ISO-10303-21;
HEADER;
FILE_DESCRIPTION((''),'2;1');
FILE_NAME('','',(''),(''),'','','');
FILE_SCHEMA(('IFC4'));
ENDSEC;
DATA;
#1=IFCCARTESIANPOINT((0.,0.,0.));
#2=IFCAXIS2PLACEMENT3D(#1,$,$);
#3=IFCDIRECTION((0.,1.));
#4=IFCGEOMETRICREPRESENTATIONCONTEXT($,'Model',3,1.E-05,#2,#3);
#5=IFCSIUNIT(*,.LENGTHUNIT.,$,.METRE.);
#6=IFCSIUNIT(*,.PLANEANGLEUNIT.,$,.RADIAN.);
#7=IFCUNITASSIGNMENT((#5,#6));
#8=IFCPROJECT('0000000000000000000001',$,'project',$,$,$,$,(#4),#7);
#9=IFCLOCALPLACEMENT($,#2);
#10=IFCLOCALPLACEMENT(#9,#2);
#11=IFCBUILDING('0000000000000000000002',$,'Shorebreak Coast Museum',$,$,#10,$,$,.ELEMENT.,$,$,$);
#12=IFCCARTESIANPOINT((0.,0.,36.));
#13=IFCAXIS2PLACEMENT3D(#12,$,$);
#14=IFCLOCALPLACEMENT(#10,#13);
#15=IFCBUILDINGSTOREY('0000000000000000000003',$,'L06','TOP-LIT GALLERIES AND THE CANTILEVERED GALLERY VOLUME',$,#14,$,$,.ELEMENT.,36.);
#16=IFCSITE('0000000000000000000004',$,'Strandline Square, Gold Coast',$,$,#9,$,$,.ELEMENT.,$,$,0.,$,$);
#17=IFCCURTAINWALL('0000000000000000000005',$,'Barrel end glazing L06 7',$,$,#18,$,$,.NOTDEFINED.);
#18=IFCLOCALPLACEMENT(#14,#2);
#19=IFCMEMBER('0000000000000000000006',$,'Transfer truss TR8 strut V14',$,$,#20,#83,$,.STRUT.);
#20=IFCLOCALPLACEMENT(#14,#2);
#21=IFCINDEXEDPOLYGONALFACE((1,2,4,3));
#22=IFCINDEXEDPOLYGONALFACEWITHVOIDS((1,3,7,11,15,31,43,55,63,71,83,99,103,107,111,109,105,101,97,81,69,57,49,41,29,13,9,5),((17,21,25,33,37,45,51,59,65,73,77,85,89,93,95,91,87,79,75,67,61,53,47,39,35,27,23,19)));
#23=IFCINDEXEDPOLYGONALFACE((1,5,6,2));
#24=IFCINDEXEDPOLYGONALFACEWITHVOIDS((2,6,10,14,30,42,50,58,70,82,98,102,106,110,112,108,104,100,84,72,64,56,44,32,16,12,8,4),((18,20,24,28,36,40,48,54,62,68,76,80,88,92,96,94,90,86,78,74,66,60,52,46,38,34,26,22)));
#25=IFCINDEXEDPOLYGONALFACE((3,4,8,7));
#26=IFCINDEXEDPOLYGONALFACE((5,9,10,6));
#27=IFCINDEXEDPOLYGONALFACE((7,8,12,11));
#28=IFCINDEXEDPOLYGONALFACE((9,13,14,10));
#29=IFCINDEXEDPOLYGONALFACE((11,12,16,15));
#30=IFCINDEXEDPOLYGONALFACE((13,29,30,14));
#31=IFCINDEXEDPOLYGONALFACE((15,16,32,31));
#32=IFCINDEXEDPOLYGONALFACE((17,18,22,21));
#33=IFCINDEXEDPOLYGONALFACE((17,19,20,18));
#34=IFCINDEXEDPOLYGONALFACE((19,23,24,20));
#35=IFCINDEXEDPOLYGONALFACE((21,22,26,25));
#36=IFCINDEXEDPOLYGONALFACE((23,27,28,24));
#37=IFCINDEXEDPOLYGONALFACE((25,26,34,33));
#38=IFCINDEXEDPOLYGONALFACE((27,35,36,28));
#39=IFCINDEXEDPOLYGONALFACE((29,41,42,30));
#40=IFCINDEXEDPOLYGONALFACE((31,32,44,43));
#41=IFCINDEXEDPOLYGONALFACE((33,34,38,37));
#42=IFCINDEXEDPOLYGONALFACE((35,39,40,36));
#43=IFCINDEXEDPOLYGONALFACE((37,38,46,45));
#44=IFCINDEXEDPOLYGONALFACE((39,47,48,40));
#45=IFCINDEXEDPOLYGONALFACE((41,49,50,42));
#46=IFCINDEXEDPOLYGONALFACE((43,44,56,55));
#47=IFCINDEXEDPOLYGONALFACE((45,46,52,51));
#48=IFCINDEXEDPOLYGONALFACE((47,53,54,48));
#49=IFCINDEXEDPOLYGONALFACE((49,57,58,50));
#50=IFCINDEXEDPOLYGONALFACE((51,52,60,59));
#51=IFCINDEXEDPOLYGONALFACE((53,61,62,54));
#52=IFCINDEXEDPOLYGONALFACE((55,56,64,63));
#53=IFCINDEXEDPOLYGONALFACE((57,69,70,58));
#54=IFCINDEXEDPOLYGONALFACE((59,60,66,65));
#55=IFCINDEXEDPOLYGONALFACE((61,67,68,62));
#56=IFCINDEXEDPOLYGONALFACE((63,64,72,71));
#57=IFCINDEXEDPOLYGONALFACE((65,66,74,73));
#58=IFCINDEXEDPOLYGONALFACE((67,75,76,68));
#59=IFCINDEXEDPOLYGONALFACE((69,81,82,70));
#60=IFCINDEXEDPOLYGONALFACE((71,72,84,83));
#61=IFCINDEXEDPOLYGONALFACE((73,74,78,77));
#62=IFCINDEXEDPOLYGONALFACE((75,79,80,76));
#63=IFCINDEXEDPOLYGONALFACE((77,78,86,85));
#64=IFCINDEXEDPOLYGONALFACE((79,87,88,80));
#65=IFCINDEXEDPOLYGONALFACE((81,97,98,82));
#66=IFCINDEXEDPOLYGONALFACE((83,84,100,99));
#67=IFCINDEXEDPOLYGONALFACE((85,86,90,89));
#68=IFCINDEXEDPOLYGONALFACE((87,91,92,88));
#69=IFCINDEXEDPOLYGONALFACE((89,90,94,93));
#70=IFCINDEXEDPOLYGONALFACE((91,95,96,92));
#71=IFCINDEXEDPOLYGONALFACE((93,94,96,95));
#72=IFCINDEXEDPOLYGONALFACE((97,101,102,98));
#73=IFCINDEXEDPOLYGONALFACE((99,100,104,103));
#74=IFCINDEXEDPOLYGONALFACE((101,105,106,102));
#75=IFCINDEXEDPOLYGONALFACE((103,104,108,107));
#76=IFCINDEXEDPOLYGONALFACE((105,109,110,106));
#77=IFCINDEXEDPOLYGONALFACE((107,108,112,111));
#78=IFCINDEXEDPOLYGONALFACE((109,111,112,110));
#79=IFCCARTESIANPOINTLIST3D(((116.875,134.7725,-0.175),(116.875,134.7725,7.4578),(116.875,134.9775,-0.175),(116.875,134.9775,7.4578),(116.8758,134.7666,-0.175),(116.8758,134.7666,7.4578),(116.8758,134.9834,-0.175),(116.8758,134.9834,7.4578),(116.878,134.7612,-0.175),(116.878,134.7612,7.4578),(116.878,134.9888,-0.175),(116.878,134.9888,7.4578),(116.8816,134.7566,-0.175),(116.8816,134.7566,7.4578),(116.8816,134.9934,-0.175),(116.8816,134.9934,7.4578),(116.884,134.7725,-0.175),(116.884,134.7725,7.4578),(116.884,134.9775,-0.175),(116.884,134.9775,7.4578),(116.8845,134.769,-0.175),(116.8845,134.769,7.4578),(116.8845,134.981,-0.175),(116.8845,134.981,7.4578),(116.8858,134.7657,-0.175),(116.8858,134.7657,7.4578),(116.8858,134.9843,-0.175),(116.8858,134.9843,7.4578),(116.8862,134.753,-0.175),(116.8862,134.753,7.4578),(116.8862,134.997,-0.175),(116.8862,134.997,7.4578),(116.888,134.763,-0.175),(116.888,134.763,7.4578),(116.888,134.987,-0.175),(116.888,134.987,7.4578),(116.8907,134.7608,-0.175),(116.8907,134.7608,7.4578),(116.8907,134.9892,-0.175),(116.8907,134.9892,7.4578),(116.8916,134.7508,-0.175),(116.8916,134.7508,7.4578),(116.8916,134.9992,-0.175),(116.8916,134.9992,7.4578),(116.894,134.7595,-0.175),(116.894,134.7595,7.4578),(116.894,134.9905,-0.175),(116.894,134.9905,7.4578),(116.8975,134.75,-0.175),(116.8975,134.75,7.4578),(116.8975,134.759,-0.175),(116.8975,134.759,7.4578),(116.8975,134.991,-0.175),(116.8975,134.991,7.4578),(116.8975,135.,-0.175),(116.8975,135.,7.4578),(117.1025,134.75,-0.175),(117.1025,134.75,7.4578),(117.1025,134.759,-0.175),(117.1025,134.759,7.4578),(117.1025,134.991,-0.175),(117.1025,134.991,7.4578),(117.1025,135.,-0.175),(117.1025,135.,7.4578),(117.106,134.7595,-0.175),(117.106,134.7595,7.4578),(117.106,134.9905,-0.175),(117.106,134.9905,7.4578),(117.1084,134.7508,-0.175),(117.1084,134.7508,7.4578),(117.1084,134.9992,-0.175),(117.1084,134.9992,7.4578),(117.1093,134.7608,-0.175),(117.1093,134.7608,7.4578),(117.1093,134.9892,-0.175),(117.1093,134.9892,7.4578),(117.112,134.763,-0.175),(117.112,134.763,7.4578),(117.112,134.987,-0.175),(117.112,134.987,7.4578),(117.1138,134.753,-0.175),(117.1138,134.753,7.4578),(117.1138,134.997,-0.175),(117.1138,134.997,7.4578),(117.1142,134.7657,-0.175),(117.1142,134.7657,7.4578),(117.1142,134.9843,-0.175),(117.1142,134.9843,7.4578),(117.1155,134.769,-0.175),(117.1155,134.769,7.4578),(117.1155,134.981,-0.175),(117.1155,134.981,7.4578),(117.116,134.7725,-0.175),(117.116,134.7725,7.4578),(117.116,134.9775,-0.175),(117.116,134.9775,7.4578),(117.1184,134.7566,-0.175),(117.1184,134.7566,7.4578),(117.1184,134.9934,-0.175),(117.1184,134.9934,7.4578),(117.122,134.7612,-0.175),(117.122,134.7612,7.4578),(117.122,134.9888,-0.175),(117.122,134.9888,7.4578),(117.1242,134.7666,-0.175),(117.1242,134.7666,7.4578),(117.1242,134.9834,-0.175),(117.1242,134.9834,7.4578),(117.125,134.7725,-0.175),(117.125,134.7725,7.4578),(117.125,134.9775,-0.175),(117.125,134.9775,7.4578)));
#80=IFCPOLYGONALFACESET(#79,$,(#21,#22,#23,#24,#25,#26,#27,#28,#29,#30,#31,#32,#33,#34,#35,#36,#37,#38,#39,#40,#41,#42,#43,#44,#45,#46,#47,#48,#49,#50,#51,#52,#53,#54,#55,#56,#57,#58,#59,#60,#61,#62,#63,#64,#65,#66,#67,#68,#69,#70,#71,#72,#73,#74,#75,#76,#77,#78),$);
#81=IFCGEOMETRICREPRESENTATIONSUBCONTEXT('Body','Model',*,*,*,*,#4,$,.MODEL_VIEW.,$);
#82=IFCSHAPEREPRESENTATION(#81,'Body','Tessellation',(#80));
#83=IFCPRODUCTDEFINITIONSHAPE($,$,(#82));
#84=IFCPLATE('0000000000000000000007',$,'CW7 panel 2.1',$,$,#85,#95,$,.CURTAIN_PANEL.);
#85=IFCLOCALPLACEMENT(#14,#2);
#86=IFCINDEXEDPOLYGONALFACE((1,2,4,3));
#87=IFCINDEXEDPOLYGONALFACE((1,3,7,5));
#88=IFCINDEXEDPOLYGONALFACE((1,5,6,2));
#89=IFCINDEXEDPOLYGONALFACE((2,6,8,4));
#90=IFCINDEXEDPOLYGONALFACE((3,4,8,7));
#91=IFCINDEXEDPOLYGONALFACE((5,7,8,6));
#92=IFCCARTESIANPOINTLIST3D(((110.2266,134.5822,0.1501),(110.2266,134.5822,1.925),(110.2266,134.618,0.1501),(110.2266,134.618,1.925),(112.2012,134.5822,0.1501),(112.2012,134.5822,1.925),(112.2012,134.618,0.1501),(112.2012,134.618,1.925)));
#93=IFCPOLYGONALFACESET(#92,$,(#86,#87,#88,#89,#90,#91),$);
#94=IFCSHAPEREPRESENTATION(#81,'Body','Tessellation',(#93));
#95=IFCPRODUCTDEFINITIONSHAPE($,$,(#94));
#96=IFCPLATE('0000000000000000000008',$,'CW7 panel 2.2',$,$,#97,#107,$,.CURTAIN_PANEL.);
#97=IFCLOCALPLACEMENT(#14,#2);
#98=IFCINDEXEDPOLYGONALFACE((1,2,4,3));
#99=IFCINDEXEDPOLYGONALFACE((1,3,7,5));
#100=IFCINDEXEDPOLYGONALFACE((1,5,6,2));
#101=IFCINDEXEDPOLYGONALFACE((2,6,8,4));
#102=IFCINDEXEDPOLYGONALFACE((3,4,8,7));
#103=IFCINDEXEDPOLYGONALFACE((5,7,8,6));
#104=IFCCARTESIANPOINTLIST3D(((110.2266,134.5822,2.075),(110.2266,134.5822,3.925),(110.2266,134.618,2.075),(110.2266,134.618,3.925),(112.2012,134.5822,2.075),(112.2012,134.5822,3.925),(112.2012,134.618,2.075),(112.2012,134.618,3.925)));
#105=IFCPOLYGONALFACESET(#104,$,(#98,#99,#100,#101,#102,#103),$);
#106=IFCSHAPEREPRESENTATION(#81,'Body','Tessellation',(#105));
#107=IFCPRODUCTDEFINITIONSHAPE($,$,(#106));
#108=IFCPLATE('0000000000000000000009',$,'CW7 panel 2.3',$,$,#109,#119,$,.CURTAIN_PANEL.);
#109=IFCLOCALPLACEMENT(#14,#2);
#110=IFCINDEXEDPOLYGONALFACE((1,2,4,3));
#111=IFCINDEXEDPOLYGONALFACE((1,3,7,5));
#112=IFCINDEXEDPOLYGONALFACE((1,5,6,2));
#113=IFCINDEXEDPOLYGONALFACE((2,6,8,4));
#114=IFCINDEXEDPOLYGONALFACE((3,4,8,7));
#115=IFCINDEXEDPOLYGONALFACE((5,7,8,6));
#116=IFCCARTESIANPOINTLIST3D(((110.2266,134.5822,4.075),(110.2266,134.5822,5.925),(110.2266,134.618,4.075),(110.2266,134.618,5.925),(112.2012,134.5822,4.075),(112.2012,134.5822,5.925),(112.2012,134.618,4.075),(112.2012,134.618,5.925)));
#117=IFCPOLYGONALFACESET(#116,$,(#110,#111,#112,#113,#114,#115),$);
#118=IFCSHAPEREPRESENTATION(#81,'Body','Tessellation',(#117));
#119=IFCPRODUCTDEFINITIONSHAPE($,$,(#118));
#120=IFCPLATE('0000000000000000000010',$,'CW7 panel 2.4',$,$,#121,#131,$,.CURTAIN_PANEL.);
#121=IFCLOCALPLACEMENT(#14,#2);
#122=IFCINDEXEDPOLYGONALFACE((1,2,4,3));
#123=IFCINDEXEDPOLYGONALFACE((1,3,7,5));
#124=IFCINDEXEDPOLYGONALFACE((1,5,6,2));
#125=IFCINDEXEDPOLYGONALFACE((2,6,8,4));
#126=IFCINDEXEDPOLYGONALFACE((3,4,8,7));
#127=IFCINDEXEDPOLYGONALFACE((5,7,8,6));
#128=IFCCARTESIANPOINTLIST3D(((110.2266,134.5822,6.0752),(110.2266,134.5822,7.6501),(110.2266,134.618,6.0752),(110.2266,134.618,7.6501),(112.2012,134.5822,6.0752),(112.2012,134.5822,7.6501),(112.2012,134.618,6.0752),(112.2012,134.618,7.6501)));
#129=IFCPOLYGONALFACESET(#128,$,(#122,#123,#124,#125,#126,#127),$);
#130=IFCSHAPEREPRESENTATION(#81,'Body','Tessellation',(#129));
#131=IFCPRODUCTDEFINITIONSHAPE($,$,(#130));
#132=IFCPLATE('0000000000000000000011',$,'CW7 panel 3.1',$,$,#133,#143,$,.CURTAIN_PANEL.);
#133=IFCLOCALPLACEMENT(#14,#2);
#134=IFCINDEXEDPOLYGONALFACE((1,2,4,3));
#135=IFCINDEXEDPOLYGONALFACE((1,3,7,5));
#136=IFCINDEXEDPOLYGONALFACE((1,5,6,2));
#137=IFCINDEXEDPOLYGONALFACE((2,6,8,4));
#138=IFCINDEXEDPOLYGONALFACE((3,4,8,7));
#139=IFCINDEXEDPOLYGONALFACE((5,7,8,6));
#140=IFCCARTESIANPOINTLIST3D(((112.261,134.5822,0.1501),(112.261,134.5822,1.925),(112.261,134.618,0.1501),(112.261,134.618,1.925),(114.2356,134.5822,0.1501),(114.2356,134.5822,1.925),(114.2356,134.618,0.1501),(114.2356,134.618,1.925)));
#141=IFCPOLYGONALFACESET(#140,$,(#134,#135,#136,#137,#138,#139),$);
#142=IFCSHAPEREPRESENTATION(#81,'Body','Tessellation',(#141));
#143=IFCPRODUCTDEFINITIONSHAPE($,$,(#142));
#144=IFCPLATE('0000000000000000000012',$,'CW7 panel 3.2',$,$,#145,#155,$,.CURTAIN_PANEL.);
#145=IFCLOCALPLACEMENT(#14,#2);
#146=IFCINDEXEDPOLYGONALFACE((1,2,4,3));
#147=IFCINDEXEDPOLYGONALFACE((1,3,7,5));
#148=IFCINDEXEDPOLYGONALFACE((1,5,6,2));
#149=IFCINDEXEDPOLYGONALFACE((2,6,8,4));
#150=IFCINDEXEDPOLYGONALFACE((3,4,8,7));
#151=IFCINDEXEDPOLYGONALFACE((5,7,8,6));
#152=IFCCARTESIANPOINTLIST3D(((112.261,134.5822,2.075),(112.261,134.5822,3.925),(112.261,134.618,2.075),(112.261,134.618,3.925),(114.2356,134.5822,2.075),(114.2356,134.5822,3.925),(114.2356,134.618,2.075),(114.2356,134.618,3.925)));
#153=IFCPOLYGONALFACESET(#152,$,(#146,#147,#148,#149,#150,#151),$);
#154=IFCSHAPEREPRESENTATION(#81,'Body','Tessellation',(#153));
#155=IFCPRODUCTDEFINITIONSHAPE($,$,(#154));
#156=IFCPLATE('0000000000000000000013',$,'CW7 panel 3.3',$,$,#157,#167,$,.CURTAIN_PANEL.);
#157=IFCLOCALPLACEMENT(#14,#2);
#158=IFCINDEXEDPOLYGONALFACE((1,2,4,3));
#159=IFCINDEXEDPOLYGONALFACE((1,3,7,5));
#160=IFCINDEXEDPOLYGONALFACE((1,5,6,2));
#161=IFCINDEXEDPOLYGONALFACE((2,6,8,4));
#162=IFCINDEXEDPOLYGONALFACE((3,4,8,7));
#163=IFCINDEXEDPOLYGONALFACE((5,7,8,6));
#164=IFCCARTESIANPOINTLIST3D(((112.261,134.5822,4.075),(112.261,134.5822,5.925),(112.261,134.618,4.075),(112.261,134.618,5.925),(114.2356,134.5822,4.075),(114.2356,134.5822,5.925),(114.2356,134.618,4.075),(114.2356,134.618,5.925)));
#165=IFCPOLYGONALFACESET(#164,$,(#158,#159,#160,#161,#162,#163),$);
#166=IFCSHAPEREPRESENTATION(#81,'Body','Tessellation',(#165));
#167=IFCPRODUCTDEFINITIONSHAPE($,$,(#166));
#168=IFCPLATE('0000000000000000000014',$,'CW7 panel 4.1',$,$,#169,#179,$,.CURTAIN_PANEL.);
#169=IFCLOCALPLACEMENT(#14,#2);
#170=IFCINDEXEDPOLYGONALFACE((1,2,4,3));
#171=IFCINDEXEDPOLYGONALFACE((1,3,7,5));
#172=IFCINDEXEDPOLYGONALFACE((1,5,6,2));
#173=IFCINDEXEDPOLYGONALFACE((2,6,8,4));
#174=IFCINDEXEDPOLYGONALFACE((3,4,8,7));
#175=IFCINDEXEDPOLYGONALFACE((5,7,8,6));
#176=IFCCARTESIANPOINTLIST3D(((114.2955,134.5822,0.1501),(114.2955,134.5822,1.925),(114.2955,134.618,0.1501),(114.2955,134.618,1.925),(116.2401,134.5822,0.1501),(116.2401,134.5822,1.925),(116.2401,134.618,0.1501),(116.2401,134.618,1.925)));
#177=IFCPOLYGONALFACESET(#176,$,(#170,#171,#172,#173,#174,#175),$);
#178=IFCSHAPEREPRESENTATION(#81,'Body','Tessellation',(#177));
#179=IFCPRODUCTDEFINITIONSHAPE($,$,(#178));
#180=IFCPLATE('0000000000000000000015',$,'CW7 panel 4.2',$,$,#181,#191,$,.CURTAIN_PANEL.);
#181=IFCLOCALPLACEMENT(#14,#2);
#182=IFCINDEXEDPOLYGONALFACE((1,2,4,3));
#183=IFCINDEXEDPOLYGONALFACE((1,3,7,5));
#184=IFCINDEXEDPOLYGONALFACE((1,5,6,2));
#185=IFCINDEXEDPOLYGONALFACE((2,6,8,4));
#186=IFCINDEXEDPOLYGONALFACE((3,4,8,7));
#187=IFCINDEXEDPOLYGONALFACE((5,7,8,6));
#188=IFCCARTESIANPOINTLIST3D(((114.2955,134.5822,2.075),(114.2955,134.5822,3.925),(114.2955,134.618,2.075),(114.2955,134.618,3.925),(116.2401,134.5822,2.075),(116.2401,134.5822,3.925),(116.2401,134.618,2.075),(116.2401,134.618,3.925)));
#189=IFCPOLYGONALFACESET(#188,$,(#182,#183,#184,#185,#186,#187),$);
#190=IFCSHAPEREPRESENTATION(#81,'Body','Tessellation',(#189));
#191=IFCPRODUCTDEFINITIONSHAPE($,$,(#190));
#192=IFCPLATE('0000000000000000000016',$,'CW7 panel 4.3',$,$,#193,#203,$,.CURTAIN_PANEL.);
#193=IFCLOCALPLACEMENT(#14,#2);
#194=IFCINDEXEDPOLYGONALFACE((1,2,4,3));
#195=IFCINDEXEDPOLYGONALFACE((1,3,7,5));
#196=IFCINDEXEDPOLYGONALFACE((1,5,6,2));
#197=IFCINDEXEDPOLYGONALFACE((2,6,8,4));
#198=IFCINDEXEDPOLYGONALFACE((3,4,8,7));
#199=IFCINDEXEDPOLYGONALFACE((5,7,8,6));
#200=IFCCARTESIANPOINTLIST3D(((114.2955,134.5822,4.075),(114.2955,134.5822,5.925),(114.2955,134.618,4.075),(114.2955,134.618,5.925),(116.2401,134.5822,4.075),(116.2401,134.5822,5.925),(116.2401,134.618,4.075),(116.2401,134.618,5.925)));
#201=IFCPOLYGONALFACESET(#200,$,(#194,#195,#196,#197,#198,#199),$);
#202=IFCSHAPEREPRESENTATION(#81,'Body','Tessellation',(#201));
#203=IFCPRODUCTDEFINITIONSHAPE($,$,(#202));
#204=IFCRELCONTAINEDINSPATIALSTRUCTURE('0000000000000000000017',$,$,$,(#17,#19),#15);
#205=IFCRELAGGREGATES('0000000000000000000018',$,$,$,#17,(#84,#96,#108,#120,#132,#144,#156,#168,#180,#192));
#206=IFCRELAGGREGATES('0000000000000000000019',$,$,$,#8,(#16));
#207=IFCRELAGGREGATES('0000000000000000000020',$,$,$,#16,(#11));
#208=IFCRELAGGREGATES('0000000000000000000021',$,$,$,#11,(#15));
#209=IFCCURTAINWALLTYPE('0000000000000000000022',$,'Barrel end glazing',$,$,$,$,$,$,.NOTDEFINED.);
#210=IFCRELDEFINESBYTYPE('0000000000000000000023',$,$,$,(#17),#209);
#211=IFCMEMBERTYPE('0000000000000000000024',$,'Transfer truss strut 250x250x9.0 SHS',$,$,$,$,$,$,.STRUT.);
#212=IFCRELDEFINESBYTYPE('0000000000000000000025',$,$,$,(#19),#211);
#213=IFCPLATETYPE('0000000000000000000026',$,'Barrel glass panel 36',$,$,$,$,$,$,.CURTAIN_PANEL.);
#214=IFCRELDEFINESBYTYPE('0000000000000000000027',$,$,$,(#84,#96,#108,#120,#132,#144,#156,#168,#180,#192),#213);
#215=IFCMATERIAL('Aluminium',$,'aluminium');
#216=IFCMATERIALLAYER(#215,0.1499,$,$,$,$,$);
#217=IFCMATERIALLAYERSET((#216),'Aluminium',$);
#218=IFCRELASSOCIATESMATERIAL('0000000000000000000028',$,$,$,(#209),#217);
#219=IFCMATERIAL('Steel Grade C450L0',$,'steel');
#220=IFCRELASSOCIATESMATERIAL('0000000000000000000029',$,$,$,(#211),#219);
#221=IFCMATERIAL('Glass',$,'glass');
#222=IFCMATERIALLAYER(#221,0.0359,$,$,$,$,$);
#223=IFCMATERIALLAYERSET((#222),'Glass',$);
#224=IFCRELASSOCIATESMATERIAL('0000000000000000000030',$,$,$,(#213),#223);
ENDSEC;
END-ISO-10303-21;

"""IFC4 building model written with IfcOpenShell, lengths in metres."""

from ifc_helpers import new_model, si_unit, direction, frame, origin, origin_2d, place, context, subcontext, project, spatial, rectangle, hollow_rectangle, extrude, material, layer, layer_set, material_profile, profile_set, type_object, element, aggregate, save


model = new_model("IFC4")

# Units and contexts
model_context = context("Model", 3, precision=1e-05, world=origin(), true_north=direction((0.0, 1.0)))
body_context = subcontext(model_context, "Body", "Model", "MODEL_VIEW")
ifc_project = project(units=[si_unit("LENGTHUNIT", "METRE"), si_unit("PLANEANGLEUNIT", "RADIAN")], contexts=[model_context])

# Site, building, storey
site_placement = place(None, origin())
site = spatial("IfcSite", under=ifc_project, at=site_placement, Name="Strandline Square, Gold Coast", CompositionType="ELEMENT", RefElevation=0.0)
building_placement = place(site_placement, origin())
building = spatial("IfcBuilding", under=site, at=building_placement, Name="Shorebreak Coast Museum", CompositionType="ELEMENT")
storey_placement = place(building_placement, frame((0.0, 0.0, 36.0)))
storey = spatial("IfcBuildingStorey", under=building, at=storey_placement, Name="L06", Description="TOP-LIT GALLERIES AND THE CANTILEVERED GALLERY VOLUME", CompositionType="ELEMENT", Elevation=36.0)

# Curtain wall
ifc_material_1 = material(Name="Aluminium", Category="aluminium")
ifc_layer_1 = layer(ifc_material_1, 0.1499)
ifc_layer_set_1 = layer_set([ifc_layer_1], Name="Aluminium")
curtain_wall_type = type_object("IfcCurtainWallType", Name="Barrel end glazing", PredefinedType="NOTDEFINED", material=ifc_layer_set_1)
curtain_wall_placement = place(storey_placement, origin())
curtain_wall = element("IfcCurtainWall", 1, at=curtain_wall_placement, inside=storey, type_object=curtain_wall_type, Name="Barrel end glazing L06 7", PredefinedType="NOTDEFINED")

# Member
ifc_material_2 = material(Name="Steel Grade C450L0", Category="steel")
ifc_material_profile_1 = material_profile(ifc_material_2, hollow_rectangle(XDim=0.25, YDim=0.25, WallThickness=0.009, InnerFilletRadius=0.0134, OuterFilletRadius=0.0225, at=origin_2d()), Name="250x250x9.0 SHS")
ifc_profile_set_1 = profile_set([ifc_material_profile_1], Name="Steel Grade C450L0")
member_type_1 = type_object("IfcMemberType", Name="Transfer truss strut 250x250x9.0 SHS", PredefinedType="STRUT", material=ifc_profile_set_1)
member_1_placement = place(storey_placement, frame((117.0, 134.875, -0.175), z_axis=(0.0, 0.0, 1.0), x_axis=(1.0, 0.0, 0.0)))
element("IfcMember", 2, at=member_1_placement, inside=storey, type_object=member_type_1, Name="Transfer truss TR8 strut V14", PredefinedType="STRUT", context=body_context, shape_type="SweptSolid", body=[
    extrude(hollow_rectangle(XDim=0.25, YDim=0.25, WallThickness=0.009, InnerFilletRadius=0.0134, OuterFilletRadius=0.0225, at=origin_2d()), origin(), (0.0, 0.0, 1.0), 7.6328),
])

# Plates
ifc_material_3 = material(Name="Glass", Category="glass")
ifc_layer_2 = layer(ifc_material_3, 0.0359)
ifc_layer_set_2 = layer_set([ifc_layer_2], Name="Glass")
plate_type = type_object("IfcPlateType", Name="Barrel glass panel 36", PredefinedType="CURTAIN_PANEL", material=ifc_layer_set_2)
plate_1_placement = place(storey_placement, frame((111.2139, 134.6001, 0.1501), z_axis=(0.0, 0.0, 1.0), x_axis=(1.0, 0.0, 0.0)))
plate_1 = element("IfcPlate", 3, at=plate_1_placement, type_object=plate_type, Name="CW7 panel 2.1", PredefinedType="CURTAIN_PANEL", context=body_context, shape_type="SweptSolid", body=[
    extrude(rectangle(XDim=1.9746, YDim=0.0359, at=origin_2d()), origin(), (0.0, 0.0, 1.0), 1.7749),
])
plate_2_placement = place(storey_placement, frame((111.2139, 134.6001, 2.075), z_axis=(0.0, 0.0, 1.0), x_axis=(1.0, 0.0, 0.0)))
plate_2 = element("IfcPlate", 4, at=plate_2_placement, type_object=plate_type, Name="CW7 panel 2.2", PredefinedType="CURTAIN_PANEL", context=body_context, shape_type="SweptSolid", body=[
    extrude(rectangle(XDim=1.9746, YDim=0.0359, at=origin_2d()), origin(), (0.0, 0.0, 1.0), 1.8501),
])
plate_3_placement = place(storey_placement, frame((111.2139, 134.6001, 4.075), z_axis=(0.0, 0.0, 1.0), x_axis=(1.0, 0.0, 0.0)))
plate_3 = element("IfcPlate", 5, at=plate_3_placement, type_object=plate_type, Name="CW7 panel 2.3", PredefinedType="CURTAIN_PANEL", context=body_context, shape_type="SweptSolid", body=[
    extrude(rectangle(XDim=1.9746, YDim=0.0359, at=origin_2d()), origin(), (0.0, 0.0, 1.0), 1.8501),
])
plate_4_placement = place(storey_placement, frame((111.2139, 134.6001, 6.0752), z_axis=(0.0, 0.0, 1.0), x_axis=(1.0, 0.0, 0.0)))
plate_4 = element("IfcPlate", 6, at=plate_4_placement, type_object=plate_type, Name="CW7 panel 2.4", PredefinedType="CURTAIN_PANEL", context=body_context, shape_type="SweptSolid", body=[
    extrude(rectangle(XDim=1.9746, YDim=0.0359, at=origin_2d()), origin(), (0.0, 0.0, 1.0), 1.575),
])
plate_5_placement = place(storey_placement, frame((113.2483, 134.6001, 0.1501), z_axis=(0.0, 0.0, 1.0), x_axis=(1.0, 0.0, 0.0)))
plate_5 = element("IfcPlate", 7, at=plate_5_placement, type_object=plate_type, Name="CW7 panel 3.1", PredefinedType="CURTAIN_PANEL", context=body_context, shape_type="SweptSolid", body=[
    extrude(rectangle(XDim=1.9746, YDim=0.0359, at=origin_2d()), origin(), (0.0, 0.0, 1.0), 1.7749),
])
plate_6_placement = place(storey_placement, frame((113.2483, 134.6001, 2.075), z_axis=(0.0, 0.0, 1.0), x_axis=(1.0, 0.0, 0.0)))
plate_6 = element("IfcPlate", 8, at=plate_6_placement, type_object=plate_type, Name="CW7 panel 3.2", PredefinedType="CURTAIN_PANEL", context=body_context, shape_type="SweptSolid", body=[
    extrude(rectangle(XDim=1.9746, YDim=0.0359, at=origin_2d()), origin(), (0.0, 0.0, 1.0), 1.8501),
])
plate_7_placement = place(storey_placement, frame((113.2483, 134.6001, 4.075), z_axis=(0.0, 0.0, 1.0), x_axis=(1.0, 0.0, 0.0)))
plate_7 = element("IfcPlate", 9, at=plate_7_placement, type_object=plate_type, Name="CW7 panel 3.3", PredefinedType="CURTAIN_PANEL", context=body_context, shape_type="SweptSolid", body=[
    extrude(rectangle(XDim=1.9746, YDim=0.0359, at=origin_2d()), origin(), (0.0, 0.0, 1.0), 1.8501),
])
plate_8_placement = place(storey_placement, frame((115.2678, 134.6001, 0.1501), z_axis=(0.0, 0.0, 1.0), x_axis=(1.0, 0.0, 0.0)))
plate_8 = element("IfcPlate", 10, at=plate_8_placement, type_object=plate_type, Name="CW7 panel 4.1", PredefinedType="CURTAIN_PANEL", context=body_context, shape_type="SweptSolid", body=[
    extrude(rectangle(XDim=1.9446, YDim=0.0359, at=origin_2d()), origin(), (0.0, 0.0, 1.0), 1.7749),
])
plate_9_placement = place(storey_placement, frame((115.2678, 134.6001, 2.075), z_axis=(0.0, 0.0, 1.0), x_axis=(1.0, 0.0, 0.0)))
plate_9 = element("IfcPlate", 11, at=plate_9_placement, type_object=plate_type, Name="CW7 panel 4.2", PredefinedType="CURTAIN_PANEL", context=body_context, shape_type="SweptSolid", body=[
    extrude(rectangle(XDim=1.9446, YDim=0.0359, at=origin_2d()), origin(), (0.0, 0.0, 1.0), 1.8501),
])
plate_10_placement = place(storey_placement, frame((115.2678, 134.6001, 4.075), z_axis=(0.0, 0.0, 1.0), x_axis=(1.0, 0.0, 0.0)))
plate_10 = element("IfcPlate", 12, at=plate_10_placement, type_object=plate_type, Name="CW7 panel 4.3", PredefinedType="CURTAIN_PANEL", context=body_context, shape_type="SweptSolid", body=[
    extrude(rectangle(XDim=1.9446, YDim=0.0359, at=origin_2d()), origin(), (0.0, 0.0, 1.0), 1.8501),
])
aggregate(curtain_wall, [plate_1, plate_2, plate_3, plate_4, plate_5, plate_6, plate_7, plate_8, plate_9, plate_10])

save(model, "model.ifc")
